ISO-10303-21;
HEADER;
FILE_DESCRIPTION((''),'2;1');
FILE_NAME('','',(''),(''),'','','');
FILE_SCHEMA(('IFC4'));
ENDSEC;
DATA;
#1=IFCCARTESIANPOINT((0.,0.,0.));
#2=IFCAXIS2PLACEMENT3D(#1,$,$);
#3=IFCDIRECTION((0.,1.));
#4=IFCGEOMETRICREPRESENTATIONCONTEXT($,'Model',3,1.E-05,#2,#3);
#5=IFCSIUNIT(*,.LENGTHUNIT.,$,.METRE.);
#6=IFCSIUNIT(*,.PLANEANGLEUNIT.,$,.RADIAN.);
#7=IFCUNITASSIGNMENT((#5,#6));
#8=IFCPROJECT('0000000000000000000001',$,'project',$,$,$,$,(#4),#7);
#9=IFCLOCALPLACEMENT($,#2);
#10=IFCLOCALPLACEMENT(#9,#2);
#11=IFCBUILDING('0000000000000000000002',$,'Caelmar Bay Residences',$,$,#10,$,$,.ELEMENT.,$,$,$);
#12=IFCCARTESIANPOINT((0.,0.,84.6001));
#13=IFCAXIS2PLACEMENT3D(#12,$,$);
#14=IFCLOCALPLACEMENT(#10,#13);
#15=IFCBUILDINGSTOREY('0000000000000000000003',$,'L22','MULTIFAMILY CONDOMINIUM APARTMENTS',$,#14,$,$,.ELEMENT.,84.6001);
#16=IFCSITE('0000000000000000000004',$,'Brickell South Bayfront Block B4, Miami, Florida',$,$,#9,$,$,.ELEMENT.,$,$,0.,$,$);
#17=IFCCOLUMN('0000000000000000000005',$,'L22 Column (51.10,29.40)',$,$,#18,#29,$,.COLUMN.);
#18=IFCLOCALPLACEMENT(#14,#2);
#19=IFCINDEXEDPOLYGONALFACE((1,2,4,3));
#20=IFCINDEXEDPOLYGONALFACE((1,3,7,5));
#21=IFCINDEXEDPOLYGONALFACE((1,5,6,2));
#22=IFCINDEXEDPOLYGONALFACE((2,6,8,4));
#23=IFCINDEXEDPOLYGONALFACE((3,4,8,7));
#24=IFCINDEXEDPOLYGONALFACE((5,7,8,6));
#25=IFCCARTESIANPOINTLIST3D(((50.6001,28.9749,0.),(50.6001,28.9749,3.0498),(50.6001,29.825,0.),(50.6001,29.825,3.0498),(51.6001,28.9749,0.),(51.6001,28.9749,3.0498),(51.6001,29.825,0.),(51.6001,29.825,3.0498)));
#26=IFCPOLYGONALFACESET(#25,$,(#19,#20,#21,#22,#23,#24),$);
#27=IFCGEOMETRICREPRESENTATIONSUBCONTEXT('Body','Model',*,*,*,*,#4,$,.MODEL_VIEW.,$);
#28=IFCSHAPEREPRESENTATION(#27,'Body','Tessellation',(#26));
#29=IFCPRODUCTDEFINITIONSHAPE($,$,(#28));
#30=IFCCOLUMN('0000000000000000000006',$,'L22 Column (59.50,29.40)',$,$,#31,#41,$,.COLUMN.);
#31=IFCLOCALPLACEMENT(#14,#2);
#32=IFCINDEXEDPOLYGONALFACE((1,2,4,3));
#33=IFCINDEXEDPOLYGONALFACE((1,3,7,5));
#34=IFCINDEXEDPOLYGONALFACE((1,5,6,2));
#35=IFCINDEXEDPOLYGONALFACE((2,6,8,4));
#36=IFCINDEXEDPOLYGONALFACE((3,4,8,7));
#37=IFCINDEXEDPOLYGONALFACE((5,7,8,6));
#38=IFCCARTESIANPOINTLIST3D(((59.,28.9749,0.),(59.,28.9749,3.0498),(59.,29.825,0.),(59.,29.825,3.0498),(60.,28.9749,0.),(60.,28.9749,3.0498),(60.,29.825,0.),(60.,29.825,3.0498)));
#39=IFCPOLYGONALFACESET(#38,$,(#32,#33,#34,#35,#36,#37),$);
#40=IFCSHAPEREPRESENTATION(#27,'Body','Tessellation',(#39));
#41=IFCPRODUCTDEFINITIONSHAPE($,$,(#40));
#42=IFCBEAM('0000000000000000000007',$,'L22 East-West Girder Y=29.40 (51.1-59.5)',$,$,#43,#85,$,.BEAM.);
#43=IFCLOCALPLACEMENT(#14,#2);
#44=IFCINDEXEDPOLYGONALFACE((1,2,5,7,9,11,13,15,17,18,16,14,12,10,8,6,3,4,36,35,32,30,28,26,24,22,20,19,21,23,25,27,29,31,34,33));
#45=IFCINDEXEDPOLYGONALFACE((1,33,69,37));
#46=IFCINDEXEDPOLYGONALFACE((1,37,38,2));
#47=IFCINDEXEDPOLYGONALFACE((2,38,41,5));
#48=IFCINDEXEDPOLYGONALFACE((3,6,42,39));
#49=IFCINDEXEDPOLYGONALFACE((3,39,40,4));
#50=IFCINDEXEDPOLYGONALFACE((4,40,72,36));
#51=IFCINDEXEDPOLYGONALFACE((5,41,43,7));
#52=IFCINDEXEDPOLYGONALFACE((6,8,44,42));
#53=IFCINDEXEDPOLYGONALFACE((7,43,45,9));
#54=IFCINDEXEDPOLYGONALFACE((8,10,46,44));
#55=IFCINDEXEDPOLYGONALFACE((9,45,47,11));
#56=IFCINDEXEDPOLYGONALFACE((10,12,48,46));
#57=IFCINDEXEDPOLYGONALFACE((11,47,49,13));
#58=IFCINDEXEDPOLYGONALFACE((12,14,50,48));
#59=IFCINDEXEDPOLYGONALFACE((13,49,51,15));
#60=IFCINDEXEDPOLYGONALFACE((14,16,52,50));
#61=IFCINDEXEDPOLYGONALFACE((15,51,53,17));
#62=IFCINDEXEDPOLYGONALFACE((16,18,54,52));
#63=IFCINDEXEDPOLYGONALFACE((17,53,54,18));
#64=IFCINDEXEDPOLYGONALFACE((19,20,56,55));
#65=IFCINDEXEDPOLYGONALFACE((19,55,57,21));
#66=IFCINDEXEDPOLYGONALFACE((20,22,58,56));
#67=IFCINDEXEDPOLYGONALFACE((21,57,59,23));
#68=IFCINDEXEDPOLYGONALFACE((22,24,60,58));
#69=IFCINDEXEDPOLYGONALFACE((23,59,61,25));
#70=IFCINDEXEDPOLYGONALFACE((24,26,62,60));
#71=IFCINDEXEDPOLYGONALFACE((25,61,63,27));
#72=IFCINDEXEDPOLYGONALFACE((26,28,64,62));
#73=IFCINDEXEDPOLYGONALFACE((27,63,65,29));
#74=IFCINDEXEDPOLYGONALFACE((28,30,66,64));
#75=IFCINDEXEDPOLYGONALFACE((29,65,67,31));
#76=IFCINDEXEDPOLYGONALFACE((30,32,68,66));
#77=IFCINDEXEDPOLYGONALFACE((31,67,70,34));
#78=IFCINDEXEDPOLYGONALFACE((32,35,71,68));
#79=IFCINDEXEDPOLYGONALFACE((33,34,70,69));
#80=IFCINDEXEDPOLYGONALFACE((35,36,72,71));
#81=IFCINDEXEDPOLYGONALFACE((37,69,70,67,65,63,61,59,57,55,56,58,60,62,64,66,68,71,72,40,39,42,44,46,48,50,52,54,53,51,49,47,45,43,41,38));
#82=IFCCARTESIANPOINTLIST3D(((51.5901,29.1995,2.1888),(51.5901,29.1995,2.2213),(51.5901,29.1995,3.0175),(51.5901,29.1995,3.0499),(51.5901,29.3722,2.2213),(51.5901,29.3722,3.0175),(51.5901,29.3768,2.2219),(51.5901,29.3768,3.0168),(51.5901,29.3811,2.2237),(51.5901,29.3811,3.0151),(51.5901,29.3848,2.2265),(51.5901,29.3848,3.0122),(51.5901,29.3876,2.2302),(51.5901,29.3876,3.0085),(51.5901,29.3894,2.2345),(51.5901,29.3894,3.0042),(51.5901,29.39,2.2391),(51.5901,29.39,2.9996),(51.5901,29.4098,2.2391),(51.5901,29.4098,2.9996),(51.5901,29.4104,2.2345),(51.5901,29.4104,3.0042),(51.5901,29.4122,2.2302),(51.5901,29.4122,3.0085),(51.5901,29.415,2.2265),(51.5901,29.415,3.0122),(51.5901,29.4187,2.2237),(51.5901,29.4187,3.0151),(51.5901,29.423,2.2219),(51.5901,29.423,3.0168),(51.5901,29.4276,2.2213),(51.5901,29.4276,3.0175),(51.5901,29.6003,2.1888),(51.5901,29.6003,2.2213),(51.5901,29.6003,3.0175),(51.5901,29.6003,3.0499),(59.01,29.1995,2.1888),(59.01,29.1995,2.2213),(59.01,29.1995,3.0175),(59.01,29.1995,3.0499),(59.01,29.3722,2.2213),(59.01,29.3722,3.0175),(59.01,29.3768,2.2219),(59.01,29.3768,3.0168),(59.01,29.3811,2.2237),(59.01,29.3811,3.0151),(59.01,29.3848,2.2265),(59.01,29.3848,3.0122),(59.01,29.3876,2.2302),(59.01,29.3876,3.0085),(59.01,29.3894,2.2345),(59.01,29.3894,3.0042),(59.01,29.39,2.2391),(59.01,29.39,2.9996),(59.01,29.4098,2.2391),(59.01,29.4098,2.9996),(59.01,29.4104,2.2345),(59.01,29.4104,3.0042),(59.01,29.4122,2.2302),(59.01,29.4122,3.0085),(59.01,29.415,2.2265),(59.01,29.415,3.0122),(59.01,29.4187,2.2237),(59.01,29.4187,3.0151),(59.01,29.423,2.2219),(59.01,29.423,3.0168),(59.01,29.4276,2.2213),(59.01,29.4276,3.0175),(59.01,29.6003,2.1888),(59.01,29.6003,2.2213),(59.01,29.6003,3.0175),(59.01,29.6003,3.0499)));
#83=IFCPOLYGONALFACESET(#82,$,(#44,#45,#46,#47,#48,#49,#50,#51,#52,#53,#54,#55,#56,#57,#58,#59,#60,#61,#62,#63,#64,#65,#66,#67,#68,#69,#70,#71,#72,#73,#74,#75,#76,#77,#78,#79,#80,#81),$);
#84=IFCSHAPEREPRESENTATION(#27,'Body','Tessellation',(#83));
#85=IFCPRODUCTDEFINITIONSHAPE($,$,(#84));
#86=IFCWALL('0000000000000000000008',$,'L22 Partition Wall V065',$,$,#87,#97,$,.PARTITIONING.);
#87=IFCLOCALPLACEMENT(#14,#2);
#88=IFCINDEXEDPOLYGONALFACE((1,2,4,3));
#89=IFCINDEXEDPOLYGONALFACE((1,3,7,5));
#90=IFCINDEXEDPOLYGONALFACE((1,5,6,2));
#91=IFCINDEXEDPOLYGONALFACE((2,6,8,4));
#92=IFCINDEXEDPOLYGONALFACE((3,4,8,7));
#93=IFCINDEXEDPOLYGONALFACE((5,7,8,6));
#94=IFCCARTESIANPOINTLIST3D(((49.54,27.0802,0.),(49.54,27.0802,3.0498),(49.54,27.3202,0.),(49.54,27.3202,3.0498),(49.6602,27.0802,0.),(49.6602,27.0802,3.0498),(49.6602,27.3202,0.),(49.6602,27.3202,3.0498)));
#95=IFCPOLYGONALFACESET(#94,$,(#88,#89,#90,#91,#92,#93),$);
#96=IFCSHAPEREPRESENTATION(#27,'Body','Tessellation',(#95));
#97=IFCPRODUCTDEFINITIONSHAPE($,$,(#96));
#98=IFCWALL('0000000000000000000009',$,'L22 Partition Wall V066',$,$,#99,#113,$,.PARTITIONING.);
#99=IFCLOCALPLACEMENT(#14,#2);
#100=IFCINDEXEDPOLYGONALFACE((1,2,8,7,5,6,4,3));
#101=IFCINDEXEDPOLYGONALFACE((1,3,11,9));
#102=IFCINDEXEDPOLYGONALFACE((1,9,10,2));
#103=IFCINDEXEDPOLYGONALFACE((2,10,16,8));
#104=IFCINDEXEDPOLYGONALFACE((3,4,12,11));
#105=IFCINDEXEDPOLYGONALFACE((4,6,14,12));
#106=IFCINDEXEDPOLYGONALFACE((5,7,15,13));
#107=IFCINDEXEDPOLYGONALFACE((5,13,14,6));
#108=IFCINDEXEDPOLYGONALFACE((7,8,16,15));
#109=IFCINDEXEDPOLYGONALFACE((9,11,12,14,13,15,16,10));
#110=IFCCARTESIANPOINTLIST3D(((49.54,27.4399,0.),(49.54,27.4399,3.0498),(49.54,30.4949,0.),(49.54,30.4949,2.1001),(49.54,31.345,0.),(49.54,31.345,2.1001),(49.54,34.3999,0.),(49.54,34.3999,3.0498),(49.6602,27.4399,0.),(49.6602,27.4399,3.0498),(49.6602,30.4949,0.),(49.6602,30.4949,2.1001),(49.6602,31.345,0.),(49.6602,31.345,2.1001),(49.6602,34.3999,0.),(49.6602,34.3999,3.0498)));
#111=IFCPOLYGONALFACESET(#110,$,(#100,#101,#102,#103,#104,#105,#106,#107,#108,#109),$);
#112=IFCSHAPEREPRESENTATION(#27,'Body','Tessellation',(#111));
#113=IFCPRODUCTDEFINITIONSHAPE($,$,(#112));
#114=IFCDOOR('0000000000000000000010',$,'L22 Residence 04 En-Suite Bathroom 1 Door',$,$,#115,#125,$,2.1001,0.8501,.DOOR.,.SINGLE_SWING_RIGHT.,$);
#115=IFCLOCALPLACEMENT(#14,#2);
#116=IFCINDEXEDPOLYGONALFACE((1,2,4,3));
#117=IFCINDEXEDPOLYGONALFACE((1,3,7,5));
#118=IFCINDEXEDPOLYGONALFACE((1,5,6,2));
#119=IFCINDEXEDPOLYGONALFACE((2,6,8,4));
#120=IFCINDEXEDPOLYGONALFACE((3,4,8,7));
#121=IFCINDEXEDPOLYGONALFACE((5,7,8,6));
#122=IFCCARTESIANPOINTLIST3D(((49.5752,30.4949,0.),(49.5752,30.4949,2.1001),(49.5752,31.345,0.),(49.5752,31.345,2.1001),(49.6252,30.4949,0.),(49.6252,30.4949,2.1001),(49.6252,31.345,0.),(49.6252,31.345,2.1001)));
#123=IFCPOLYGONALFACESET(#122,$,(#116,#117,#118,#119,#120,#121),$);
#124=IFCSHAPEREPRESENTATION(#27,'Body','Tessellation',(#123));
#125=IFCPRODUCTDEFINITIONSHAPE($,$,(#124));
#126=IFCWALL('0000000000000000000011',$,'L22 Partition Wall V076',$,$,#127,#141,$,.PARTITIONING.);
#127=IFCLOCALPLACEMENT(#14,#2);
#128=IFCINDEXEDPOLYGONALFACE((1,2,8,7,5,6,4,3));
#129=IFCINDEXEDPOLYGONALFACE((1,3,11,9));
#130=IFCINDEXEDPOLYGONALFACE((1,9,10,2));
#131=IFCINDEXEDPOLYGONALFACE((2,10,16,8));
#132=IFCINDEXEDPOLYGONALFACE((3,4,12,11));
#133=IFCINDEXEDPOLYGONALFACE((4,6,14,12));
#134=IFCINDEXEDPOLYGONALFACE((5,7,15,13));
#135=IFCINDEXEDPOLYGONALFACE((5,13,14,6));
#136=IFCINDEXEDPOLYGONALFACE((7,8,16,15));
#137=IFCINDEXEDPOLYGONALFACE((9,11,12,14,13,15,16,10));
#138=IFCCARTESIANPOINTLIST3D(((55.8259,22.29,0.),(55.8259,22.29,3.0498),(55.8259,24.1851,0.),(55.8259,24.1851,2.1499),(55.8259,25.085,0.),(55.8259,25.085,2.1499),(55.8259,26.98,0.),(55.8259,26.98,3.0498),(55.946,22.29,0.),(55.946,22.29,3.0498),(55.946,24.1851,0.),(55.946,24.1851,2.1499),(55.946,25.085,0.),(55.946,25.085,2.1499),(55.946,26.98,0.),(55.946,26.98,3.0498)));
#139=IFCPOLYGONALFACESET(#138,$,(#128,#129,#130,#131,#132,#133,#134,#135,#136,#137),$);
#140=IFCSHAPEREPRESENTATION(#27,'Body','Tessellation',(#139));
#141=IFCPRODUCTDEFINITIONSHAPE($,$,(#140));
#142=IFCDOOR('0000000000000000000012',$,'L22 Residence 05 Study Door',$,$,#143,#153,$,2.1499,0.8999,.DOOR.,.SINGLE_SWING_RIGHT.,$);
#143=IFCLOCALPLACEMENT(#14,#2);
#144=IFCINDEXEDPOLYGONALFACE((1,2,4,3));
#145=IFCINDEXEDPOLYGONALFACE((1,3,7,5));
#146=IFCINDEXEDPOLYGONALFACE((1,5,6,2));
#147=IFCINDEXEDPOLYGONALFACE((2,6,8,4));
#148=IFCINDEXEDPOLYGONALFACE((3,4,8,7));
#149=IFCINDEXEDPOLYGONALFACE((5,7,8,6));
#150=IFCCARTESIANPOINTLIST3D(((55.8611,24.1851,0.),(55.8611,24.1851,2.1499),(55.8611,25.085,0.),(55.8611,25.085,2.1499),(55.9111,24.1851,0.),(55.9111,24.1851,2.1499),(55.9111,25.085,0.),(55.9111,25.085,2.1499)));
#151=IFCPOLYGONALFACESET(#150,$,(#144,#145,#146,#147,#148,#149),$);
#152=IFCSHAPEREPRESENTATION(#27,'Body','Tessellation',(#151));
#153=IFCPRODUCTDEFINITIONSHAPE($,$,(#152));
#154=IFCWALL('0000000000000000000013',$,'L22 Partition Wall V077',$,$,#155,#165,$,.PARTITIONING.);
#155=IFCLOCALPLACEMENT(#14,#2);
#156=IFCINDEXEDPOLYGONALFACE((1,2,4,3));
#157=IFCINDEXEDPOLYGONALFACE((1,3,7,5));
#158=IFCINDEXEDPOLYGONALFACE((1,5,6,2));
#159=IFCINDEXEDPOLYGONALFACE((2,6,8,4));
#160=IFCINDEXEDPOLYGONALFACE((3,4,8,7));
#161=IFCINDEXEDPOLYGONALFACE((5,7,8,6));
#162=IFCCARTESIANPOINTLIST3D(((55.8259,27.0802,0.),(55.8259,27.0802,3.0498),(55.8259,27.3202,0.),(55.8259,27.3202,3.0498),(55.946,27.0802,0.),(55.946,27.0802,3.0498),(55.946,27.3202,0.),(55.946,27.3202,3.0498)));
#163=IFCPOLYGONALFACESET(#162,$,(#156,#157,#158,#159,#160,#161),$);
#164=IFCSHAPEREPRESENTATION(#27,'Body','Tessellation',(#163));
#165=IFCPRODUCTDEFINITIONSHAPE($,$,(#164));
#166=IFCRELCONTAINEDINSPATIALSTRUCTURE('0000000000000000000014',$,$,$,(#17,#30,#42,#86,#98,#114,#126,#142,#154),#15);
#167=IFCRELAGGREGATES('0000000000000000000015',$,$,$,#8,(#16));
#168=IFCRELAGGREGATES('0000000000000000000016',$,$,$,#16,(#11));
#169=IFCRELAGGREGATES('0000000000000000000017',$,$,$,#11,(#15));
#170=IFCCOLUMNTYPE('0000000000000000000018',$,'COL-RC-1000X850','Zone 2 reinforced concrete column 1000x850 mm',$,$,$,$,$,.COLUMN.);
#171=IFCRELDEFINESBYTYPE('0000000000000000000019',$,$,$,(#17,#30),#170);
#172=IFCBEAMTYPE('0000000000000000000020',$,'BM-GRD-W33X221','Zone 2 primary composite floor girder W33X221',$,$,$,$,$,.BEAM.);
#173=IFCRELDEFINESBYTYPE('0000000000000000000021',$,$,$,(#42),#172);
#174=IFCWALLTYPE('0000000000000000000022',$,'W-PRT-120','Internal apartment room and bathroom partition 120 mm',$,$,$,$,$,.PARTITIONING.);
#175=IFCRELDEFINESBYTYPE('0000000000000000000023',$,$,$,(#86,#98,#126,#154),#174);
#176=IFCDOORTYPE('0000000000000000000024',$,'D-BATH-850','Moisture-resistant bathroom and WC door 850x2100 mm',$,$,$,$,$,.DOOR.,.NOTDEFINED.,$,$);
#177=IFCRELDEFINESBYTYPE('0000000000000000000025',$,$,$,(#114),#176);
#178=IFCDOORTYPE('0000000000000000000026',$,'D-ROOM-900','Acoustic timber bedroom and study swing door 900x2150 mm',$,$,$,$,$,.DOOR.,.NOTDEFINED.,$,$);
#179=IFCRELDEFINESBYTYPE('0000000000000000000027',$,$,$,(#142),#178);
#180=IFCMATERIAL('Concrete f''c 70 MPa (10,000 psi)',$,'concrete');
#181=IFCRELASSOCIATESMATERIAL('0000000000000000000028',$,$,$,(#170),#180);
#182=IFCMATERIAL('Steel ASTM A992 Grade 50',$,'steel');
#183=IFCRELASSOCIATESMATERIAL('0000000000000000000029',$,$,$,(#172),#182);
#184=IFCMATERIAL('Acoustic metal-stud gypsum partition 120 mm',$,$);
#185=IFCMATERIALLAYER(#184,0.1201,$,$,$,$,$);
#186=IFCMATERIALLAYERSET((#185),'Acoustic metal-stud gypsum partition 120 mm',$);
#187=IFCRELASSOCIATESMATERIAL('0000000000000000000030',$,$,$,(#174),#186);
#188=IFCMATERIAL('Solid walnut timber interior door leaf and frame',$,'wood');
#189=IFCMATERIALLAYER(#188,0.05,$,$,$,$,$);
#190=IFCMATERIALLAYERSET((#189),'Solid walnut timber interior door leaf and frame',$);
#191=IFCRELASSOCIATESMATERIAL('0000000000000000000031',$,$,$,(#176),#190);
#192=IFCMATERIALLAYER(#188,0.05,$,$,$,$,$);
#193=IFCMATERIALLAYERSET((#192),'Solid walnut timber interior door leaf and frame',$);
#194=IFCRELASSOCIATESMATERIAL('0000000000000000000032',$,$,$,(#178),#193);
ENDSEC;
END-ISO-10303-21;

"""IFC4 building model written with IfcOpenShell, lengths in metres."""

from ifc_helpers import new_model, si_unit, direction, frame, frame_2d, origin, origin_2d, place, context, subcontext, project, spatial, rectangle, i_section, extrude, material, layer, layer_set, material_profile, profile_set, type_object, element, fill, save


model = new_model("IFC4")

# Units and contexts
model_context = context("Model", 3, precision=1e-05, world=origin(), true_north=direction((0.0, 1.0)))
body_context = subcontext(model_context, "Body", "Model", "MODEL_VIEW")
ifc_project = project(units=[si_unit("LENGTHUNIT", "METRE"), si_unit("PLANEANGLEUNIT", "RADIAN")], contexts=[model_context])

# Site, building, storey
site_placement = place(None, origin())
site = spatial("IfcSite", under=ifc_project, at=site_placement, Name="Brickell South Bayfront Block B4, Miami, Florida", CompositionType="ELEMENT", RefElevation=0.0)
building_placement = place(site_placement, origin())
building = spatial("IfcBuilding", under=site, at=building_placement, Name="Caelmar Bay Residences", CompositionType="ELEMENT")
storey_placement = place(building_placement, frame((0.0, 0.0, 84.6001)))
storey = spatial("IfcBuildingStorey", under=building, at=storey_placement, Name="L22", Description="MULTIFAMILY CONDOMINIUM APARTMENTS", CompositionType="ELEMENT", Elevation=84.6001)

# Columns
ifc_material_1 = material(Name="Concrete f'c 70 MPa (10,000 psi)", Category="concrete")
ifc_material_profile_1 = material_profile(ifc_material_1, rectangle(XDim=1.0, YDim=0.8501, at=origin_2d()), Name="RC-COL-1000X850")
ifc_profile_set_1 = profile_set([ifc_material_profile_1], Name="Concrete f'c 70 MPa (10,000 psi)")
column_type = type_object("IfcColumnType", Name="COL-RC-1000X850", Description="Zone 2 reinforced concrete column 1000x850 mm", PredefinedType="COLUMN", material=ifc_profile_set_1)
for number, where, z_axis, x_axis, name in (
    (1, (51.1001, 29.3999, 0.0), (0.0, 0.0, 1.0), (1.0, 0.0, 0.0), "L22 Column (51.10,29.40)"),
    (2, (59.5, 29.3999, 0.0), (0.0, 0.0, 1.0), (1.0, 0.0, 0.0), "L22 Column (59.50,29.40)"),
):
    element("IfcColumn", number, at=place(storey_placement, frame(where, z_axis=z_axis, x_axis=x_axis)), inside=storey, type_object=column_type, Name=name, PredefinedType="COLUMN", context=body_context, shape_type="SweptSolid", body=[
        extrude(rectangle(XDim=1.0, YDim=0.8501, at=origin_2d()), origin(), (0.0, 0.0, 1.0), 3.0498),
    ])

# Beam
ifc_material_2 = material(Name="Steel ASTM A992 Grade 50", Category="steel")
ifc_material_profile_2 = material_profile(ifc_material_2, i_section(OverallWidth=0.4009, OverallDepth=0.8611, WebThickness=0.0198, FlangeThickness=0.0325, FilletRadius=0.0178, at=origin_2d()), Name="W33X221")
ifc_profile_set_2 = profile_set([ifc_material_profile_2], Name="Steel ASTM A992 Grade 50")
beam_type = type_object("IfcBeamType", Name="BM-GRD-W33X221", Description="Zone 2 primary composite floor girder W33X221", PredefinedType="BEAM", material=ifc_profile_set_2)
beam_placement = place(storey_placement, frame((51.5901, 29.3999, 2.6194), z_axis=(1.0, 0.0, 0.0), x_axis=(0.0, 1.0, 0.0)))
element("IfcBeam", 3, at=beam_placement, inside=storey, type_object=beam_type, Name="L22 East-West Girder Y=29.40 (51.1-59.5)", PredefinedType="BEAM", context=body_context, shape_type="SweptSolid", body=[
    extrude(i_section(OverallWidth=0.4009, OverallDepth=0.8611, WebThickness=0.0198, FlangeThickness=0.0325, FilletRadius=0.0178, at=origin_2d()), origin(), (0.0, 0.0, 1.0), 7.4199),
])

# Wall
ifc_material_3 = material(Name="Acoustic metal-stud gypsum partition 120 mm")
ifc_layer_1 = layer(ifc_material_3, 0.1201)
ifc_layer_set_1 = layer_set([ifc_layer_1], Name="Acoustic metal-stud gypsum partition 120 mm")
wall_type_1 = type_object("IfcWallType", Name="W-PRT-120", Description="Internal apartment room and bathroom partition 120 mm", PredefinedType="PARTITIONING", material=ifc_layer_set_1)
wall_1_placement = place(storey_placement, frame((49.6001, 27.0801, 0.0), z_axis=(0.0, 0.0, 1.0), x_axis=(0.0, 1.0, 0.0)))
element("IfcWall", 4, at=wall_1_placement, inside=storey, type_object=wall_type_1, Name="L22 Partition Wall V065", PredefinedType="PARTITIONING", context=body_context, shape_type="SweptSolid", body=[
    extrude(rectangle(XDim=0.24, YDim=0.1201, at=frame_2d((0.1201, 0.0))), origin(), (0.0, 0.0, 1.0), 3.0498),
])

# Walls, openings, doors
wall_2_placement = place(storey_placement, frame((49.6001, 27.4399, 0.0), z_axis=(0.0, 0.0, 1.0), x_axis=(0.0, 1.0, 0.0)))
wall_2 = element("IfcWall", 5, at=wall_2_placement, inside=storey, type_object=wall_type_1, Name="L22 Partition Wall V066", PredefinedType="PARTITIONING", context=body_context, shape_type="SweptSolid", body=[
    extrude(rectangle(XDim=6.96, YDim=0.1201, at=frame_2d((3.48, 0.0))), origin(), (0.0, 0.0, 1.0), 3.0498),
])
opening_1_placement = place(wall_2_placement, frame((3.0549, 0.0, 0.0)))
opening_1 = element("IfcOpeningElement", 6, at=opening_1_placement, cuts=wall_2, PredefinedType="OPENING", context=body_context, shape_type="SweptSolid", body=[
    extrude(rectangle(XDim=0.8501, YDim=2.1001, at=frame_2d((0.425, 1.05))), frame((0.0, 0.0701, 0.0), z_axis=(0.0, -1.0, 0.0), x_axis=(1.0, 0.0, 0.0)), (0.0, 0.0, 1.0), 0.1401),
])
ifc_material_4 = material(Name="Solid walnut timber interior door leaf and frame", Category="wood")
ifc_layer_2 = layer(ifc_material_4, 0.05)
ifc_layer_set_2 = layer_set([ifc_layer_2], Name="Solid walnut timber interior door leaf and frame")
door_type_1 = type_object("IfcDoorType", Name="D-BATH-850", Description="Moisture-resistant bathroom and WC door 850x2100 mm", OperationType="NOTDEFINED", PredefinedType="DOOR", material=ifc_layer_set_2)
door_1_placement = place(opening_1_placement, origin())
door_1 = element("IfcDoor", 7, at=door_1_placement, inside=storey, type_object=door_type_1, Name="L22 Residence 04 En-Suite Bathroom 1 Door", OperationType="SINGLE_SWING_RIGHT", OverallHeight=2.1001, OverallWidth=0.8501, PredefinedType="DOOR", context=body_context, shape_type="SweptSolid", body=[
    extrude(rectangle(XDim=0.8501, YDim=2.1001, at=frame_2d((0.425, 1.05))), frame((0.0, 0.0249, 0.0), z_axis=(0.0, -1.0, 0.0), x_axis=(1.0, 0.0, 0.0)), (0.0, 0.0, 1.0), 0.05),
])
fill(opening_1, door_1)
wall_3_placement = place(storey_placement, frame((55.886, 22.29, 0.0), z_axis=(0.0, 0.0, 1.0), x_axis=(0.0, 1.0, 0.0)))
wall_3 = element("IfcWall", 8, at=wall_3_placement, inside=storey, type_object=wall_type_1, Name="L22 Partition Wall V076", PredefinedType="PARTITIONING", context=body_context, shape_type="SweptSolid", body=[
    extrude(rectangle(XDim=4.6899, YDim=0.1201, at=frame_2d((2.345, 0.0))), origin(), (0.0, 0.0, 1.0), 3.0498),
])
opening_2_placement = place(wall_3_placement, frame((1.895, 0.0, 0.0)))
opening_2 = element("IfcOpeningElement", 9, at=opening_2_placement, cuts=wall_3, PredefinedType="OPENING", context=body_context, shape_type="SweptSolid", body=[
    extrude(rectangle(XDim=0.8999, YDim=2.1499, at=frame_2d((0.45, 1.075))), frame((0.0, 0.0701, 0.0), z_axis=(0.0, -1.0, 0.0), x_axis=(1.0, 0.0, 0.0)), (0.0, 0.0, 1.0), 0.1401),
])
ifc_layer_3 = layer(ifc_material_4, 0.05)
ifc_layer_set_3 = layer_set([ifc_layer_3], Name="Solid walnut timber interior door leaf and frame")
door_type_2 = type_object("IfcDoorType", Name="D-ROOM-900", Description="Acoustic timber bedroom and study swing door 900x2150 mm", OperationType="NOTDEFINED", PredefinedType="DOOR", material=ifc_layer_set_3)
door_2_placement = place(opening_2_placement, origin())
door_2 = element("IfcDoor", 10, at=door_2_placement, inside=storey, type_object=door_type_2, Name="L22 Residence 05 Study Door", OperationType="SINGLE_SWING_RIGHT", OverallHeight=2.1499, OverallWidth=0.8999, PredefinedType="DOOR", context=body_context, shape_type="SweptSolid", body=[
    extrude(rectangle(XDim=0.8999, YDim=2.1499, at=frame_2d((0.45, 1.075))), frame((0.0, 0.0249, 0.0), z_axis=(0.0, -1.0, 0.0), x_axis=(1.0, 0.0, 0.0)), (0.0, 0.0, 1.0), 0.05),
])
fill(opening_2, door_2)

# Wall
wall_4_placement = place(storey_placement, frame((55.886, 27.0801, 0.0), z_axis=(0.0, 0.0, 1.0), x_axis=(0.0, 1.0, 0.0)))
element("IfcWall", 11, at=wall_4_placement, inside=storey, type_object=wall_type_1, Name="L22 Partition Wall V077", PredefinedType="PARTITIONING", context=body_context, shape_type="SweptSolid", body=[
    extrude(rectangle(XDim=0.24, YDim=0.1201, at=frame_2d((0.1201, 0.0))), origin(), (0.0, 0.0, 1.0), 3.0498),
])

save(model, "model.ifc")
